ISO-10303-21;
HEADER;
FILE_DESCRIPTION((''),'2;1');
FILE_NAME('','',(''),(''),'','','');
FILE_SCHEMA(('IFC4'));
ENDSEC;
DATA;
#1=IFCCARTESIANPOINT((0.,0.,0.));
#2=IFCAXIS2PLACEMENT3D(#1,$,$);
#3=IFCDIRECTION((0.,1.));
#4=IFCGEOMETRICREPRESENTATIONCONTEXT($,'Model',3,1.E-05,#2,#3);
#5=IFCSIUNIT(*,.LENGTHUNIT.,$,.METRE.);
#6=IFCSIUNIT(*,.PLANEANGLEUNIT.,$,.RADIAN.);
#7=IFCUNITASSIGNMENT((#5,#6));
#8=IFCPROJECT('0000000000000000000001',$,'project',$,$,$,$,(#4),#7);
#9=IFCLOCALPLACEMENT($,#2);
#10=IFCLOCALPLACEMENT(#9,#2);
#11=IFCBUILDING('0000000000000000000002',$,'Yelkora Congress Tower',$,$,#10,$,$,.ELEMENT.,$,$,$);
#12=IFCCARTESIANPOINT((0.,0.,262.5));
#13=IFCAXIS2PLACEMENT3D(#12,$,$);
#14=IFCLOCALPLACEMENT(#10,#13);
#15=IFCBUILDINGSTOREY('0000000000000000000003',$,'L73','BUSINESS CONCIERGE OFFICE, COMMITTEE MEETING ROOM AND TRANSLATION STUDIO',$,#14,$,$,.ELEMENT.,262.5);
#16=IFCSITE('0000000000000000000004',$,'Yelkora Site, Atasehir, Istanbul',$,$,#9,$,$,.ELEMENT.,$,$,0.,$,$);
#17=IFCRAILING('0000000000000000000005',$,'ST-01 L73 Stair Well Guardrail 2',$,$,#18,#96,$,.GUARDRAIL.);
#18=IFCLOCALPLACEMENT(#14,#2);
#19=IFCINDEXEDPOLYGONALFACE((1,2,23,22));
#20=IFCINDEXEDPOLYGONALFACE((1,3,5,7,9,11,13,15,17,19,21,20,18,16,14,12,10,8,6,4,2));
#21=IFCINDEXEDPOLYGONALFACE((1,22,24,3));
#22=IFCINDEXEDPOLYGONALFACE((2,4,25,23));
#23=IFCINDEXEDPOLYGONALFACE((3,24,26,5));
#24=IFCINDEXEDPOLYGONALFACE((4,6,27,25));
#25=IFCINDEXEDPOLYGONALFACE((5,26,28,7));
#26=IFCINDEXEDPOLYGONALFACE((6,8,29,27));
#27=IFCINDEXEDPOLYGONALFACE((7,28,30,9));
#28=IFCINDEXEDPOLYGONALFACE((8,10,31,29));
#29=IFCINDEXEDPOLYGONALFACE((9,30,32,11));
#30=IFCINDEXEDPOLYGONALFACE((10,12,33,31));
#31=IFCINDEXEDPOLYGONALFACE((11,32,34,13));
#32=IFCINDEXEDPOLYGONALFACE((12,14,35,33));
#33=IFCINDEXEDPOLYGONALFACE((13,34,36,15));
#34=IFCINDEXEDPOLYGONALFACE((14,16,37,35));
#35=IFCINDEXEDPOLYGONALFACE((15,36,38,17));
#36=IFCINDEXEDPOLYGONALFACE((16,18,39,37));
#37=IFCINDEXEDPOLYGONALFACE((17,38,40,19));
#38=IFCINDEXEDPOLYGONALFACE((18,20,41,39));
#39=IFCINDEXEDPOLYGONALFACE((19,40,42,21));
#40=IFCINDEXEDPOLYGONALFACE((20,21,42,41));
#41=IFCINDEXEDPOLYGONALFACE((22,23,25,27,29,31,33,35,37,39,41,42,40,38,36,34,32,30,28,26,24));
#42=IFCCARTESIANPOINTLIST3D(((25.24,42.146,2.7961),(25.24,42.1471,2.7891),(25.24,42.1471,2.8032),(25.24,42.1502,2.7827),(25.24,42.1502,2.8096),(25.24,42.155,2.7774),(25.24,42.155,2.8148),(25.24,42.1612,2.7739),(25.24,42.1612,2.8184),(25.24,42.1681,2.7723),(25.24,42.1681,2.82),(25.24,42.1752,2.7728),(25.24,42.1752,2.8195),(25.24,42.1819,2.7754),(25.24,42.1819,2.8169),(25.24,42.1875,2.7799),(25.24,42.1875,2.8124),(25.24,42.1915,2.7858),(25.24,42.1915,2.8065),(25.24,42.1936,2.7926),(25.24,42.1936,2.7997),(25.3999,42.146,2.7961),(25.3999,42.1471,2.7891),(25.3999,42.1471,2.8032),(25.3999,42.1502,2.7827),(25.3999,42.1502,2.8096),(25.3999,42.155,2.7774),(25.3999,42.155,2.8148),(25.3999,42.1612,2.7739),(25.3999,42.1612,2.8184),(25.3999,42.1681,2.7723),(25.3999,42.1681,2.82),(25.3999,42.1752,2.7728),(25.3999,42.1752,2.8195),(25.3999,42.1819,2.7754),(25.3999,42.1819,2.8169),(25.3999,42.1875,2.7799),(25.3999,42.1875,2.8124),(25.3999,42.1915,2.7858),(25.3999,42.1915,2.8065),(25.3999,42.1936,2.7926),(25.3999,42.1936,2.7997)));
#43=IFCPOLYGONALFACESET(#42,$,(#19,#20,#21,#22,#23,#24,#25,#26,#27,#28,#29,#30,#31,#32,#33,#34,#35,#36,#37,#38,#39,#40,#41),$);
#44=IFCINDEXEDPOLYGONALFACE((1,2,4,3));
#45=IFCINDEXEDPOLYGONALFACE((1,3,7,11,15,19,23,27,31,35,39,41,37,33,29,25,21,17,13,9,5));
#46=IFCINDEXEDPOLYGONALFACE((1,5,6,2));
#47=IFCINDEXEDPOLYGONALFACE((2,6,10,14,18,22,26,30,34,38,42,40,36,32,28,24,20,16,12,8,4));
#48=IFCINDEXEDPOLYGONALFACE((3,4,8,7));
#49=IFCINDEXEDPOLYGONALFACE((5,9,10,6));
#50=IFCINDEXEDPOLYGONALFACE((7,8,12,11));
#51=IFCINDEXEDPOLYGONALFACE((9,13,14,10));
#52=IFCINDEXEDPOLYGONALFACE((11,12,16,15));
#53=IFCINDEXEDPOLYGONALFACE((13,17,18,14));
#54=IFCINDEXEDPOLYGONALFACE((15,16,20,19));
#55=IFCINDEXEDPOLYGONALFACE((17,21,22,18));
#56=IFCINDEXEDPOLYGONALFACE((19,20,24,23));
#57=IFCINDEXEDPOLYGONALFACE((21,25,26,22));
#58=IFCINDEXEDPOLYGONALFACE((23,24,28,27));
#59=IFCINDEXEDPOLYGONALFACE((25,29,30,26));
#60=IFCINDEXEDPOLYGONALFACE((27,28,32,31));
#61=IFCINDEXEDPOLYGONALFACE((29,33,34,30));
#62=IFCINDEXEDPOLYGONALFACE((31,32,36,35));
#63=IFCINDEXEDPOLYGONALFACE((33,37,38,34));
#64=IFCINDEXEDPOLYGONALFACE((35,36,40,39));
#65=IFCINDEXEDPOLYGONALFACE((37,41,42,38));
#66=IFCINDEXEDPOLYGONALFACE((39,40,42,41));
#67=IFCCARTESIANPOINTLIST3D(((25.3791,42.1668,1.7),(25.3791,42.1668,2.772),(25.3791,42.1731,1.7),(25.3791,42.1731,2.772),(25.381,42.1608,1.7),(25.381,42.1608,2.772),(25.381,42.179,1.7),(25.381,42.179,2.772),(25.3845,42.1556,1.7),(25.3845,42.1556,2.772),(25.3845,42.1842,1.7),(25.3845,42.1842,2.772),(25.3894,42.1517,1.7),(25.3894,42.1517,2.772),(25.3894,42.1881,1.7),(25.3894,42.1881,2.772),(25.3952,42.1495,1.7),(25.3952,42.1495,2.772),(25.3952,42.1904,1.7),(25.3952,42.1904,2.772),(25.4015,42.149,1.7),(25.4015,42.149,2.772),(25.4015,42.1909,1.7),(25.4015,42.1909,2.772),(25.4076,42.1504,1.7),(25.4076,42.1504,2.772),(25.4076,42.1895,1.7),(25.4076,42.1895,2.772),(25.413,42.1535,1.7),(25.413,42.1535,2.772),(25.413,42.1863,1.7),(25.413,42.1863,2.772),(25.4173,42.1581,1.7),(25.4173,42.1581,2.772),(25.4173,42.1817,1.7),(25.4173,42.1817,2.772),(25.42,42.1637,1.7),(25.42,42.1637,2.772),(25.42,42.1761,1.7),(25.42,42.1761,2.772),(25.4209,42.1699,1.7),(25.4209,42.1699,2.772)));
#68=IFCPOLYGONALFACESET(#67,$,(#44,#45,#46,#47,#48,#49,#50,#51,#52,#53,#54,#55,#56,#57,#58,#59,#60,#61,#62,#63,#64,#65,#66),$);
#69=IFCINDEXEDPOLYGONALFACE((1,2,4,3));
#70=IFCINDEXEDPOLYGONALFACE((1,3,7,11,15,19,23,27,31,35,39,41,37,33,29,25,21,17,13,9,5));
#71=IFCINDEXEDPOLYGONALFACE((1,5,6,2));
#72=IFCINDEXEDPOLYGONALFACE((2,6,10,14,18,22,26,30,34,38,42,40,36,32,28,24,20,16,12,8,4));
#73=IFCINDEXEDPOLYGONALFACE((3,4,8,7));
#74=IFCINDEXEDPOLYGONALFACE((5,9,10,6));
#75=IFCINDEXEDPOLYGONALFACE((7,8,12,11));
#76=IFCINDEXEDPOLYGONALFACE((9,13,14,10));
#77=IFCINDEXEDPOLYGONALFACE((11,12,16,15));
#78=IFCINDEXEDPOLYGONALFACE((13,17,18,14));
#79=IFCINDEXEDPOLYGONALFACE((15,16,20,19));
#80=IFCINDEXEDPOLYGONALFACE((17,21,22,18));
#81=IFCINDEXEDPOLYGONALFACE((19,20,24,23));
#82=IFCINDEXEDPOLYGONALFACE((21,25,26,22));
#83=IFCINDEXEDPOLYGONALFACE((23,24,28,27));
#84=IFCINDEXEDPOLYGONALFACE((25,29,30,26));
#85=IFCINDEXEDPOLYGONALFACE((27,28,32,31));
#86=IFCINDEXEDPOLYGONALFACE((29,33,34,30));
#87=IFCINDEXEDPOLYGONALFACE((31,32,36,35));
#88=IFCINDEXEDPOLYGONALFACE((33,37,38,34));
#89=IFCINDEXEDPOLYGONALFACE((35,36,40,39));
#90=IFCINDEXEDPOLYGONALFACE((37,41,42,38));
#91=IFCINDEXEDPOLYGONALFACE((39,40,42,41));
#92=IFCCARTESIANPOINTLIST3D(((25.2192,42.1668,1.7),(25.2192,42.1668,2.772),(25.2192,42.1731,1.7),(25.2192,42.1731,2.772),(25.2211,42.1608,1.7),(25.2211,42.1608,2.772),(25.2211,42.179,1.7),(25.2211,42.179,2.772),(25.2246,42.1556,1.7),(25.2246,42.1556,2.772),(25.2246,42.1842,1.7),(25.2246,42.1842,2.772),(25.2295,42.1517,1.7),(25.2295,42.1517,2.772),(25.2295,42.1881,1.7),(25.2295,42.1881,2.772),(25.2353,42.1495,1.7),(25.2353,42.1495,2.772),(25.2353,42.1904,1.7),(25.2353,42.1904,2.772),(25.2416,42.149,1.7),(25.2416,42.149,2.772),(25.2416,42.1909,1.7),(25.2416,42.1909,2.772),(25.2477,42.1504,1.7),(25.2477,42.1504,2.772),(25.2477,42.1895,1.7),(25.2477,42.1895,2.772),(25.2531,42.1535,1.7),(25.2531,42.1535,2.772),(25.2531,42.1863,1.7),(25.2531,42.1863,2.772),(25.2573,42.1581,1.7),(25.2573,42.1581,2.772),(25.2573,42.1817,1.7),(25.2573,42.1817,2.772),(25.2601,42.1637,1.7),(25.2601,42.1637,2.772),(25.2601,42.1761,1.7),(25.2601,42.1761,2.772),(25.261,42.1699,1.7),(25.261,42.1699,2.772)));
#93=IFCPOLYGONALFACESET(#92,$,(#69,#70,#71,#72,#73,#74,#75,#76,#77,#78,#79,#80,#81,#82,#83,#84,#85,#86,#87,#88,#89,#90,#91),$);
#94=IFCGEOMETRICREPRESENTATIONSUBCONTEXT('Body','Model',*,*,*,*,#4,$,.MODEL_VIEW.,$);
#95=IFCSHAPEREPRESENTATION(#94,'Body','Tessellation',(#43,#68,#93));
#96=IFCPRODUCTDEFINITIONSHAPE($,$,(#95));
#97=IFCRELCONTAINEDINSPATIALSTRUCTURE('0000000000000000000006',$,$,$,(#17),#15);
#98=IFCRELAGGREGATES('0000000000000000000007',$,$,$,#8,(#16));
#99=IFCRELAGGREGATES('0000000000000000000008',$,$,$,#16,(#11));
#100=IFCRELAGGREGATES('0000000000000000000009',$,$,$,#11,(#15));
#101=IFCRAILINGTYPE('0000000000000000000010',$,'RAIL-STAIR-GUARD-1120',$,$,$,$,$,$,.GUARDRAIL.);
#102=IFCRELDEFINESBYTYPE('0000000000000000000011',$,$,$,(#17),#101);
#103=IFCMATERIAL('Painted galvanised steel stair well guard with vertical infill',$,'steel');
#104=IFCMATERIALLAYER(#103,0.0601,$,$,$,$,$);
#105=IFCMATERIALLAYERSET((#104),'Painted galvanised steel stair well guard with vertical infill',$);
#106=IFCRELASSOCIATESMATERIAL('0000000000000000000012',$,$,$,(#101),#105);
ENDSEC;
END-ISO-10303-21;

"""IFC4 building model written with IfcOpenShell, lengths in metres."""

from ifc_helpers import new_model, si_unit, direction, frame, origin, origin_2d, place, context, subcontext, project, spatial, circle, extrude, material, layer, layer_set, type_object, element, save


model = new_model("IFC4")

# Units and contexts
model_context = context("Model", 3, precision=1e-05, world=origin(), true_north=direction((0.0, 1.0)))
body_context = subcontext(model_context, "Body", "Model", "MODEL_VIEW")
ifc_project = project(units=[si_unit("LENGTHUNIT", "METRE"), si_unit("PLANEANGLEUNIT", "RADIAN")], contexts=[model_context])

# Site, building, storey
site_placement = place(None, origin())
site = spatial("IfcSite", under=ifc_project, at=site_placement, Name="Yelkora Site, Atasehir, Istanbul", CompositionType="ELEMENT", RefElevation=0.0)
building_placement = place(site_placement, origin())
building = spatial("IfcBuilding", under=site, at=building_placement, Name="Yelkora Congress Tower", CompositionType="ELEMENT")
storey_placement = place(building_placement, frame((0.0, 0.0, 262.5)))
storey = spatial("IfcBuildingStorey", under=building, at=storey_placement, Name="L73", Description="BUSINESS CONCIERGE OFFICE, COMMITTEE MEETING ROOM AND TRANSLATION STUDIO", CompositionType="ELEMENT", Elevation=262.5)

# Railing
ifc_material_1 = material(Name="Painted galvanised steel stair well guard with vertical infill", Category="steel")
ifc_layer_1 = layer(ifc_material_1, 0.0601)
ifc_layer_set_1 = layer_set([ifc_layer_1], Name="Painted galvanised steel stair well guard with vertical infill")
railing_type_1 = type_object("IfcRailingType", Name="RAIL-STAIR-GUARD-1120", PredefinedType="GUARDRAIL", material=ifc_layer_set_1)
railing_1_placement = place(storey_placement, frame((25.3999, 42.1699, 1.7)))
element("IfcRailing", 1, at=railing_1_placement, inside=storey, type_object=railing_type_1, Name="ST-01 L73 Stair Well Guardrail 2", PredefinedType="GUARDRAIL", context=body_context, shape_type="SweptSolid", body=[
    extrude(circle(Radius=0.0239, at=origin_2d()), frame((0.0, 0.0, 1.0962), z_axis=(-1.0, 0.0, 0.0), x_axis=(0.0, -1.0, 0.0)), (0.0, 0.0, 1.0), 0.1599),
    extrude(circle(Radius=0.021, at=origin_2d()), origin(), (0.0, 0.0, 1.0), 1.072),
    extrude(circle(Radius=0.021, at=origin_2d()), frame((-0.1599, 0.0, 0.0)), (0.0, 0.0, 1.0), 1.072),
])

save(model, "model.ifc")
